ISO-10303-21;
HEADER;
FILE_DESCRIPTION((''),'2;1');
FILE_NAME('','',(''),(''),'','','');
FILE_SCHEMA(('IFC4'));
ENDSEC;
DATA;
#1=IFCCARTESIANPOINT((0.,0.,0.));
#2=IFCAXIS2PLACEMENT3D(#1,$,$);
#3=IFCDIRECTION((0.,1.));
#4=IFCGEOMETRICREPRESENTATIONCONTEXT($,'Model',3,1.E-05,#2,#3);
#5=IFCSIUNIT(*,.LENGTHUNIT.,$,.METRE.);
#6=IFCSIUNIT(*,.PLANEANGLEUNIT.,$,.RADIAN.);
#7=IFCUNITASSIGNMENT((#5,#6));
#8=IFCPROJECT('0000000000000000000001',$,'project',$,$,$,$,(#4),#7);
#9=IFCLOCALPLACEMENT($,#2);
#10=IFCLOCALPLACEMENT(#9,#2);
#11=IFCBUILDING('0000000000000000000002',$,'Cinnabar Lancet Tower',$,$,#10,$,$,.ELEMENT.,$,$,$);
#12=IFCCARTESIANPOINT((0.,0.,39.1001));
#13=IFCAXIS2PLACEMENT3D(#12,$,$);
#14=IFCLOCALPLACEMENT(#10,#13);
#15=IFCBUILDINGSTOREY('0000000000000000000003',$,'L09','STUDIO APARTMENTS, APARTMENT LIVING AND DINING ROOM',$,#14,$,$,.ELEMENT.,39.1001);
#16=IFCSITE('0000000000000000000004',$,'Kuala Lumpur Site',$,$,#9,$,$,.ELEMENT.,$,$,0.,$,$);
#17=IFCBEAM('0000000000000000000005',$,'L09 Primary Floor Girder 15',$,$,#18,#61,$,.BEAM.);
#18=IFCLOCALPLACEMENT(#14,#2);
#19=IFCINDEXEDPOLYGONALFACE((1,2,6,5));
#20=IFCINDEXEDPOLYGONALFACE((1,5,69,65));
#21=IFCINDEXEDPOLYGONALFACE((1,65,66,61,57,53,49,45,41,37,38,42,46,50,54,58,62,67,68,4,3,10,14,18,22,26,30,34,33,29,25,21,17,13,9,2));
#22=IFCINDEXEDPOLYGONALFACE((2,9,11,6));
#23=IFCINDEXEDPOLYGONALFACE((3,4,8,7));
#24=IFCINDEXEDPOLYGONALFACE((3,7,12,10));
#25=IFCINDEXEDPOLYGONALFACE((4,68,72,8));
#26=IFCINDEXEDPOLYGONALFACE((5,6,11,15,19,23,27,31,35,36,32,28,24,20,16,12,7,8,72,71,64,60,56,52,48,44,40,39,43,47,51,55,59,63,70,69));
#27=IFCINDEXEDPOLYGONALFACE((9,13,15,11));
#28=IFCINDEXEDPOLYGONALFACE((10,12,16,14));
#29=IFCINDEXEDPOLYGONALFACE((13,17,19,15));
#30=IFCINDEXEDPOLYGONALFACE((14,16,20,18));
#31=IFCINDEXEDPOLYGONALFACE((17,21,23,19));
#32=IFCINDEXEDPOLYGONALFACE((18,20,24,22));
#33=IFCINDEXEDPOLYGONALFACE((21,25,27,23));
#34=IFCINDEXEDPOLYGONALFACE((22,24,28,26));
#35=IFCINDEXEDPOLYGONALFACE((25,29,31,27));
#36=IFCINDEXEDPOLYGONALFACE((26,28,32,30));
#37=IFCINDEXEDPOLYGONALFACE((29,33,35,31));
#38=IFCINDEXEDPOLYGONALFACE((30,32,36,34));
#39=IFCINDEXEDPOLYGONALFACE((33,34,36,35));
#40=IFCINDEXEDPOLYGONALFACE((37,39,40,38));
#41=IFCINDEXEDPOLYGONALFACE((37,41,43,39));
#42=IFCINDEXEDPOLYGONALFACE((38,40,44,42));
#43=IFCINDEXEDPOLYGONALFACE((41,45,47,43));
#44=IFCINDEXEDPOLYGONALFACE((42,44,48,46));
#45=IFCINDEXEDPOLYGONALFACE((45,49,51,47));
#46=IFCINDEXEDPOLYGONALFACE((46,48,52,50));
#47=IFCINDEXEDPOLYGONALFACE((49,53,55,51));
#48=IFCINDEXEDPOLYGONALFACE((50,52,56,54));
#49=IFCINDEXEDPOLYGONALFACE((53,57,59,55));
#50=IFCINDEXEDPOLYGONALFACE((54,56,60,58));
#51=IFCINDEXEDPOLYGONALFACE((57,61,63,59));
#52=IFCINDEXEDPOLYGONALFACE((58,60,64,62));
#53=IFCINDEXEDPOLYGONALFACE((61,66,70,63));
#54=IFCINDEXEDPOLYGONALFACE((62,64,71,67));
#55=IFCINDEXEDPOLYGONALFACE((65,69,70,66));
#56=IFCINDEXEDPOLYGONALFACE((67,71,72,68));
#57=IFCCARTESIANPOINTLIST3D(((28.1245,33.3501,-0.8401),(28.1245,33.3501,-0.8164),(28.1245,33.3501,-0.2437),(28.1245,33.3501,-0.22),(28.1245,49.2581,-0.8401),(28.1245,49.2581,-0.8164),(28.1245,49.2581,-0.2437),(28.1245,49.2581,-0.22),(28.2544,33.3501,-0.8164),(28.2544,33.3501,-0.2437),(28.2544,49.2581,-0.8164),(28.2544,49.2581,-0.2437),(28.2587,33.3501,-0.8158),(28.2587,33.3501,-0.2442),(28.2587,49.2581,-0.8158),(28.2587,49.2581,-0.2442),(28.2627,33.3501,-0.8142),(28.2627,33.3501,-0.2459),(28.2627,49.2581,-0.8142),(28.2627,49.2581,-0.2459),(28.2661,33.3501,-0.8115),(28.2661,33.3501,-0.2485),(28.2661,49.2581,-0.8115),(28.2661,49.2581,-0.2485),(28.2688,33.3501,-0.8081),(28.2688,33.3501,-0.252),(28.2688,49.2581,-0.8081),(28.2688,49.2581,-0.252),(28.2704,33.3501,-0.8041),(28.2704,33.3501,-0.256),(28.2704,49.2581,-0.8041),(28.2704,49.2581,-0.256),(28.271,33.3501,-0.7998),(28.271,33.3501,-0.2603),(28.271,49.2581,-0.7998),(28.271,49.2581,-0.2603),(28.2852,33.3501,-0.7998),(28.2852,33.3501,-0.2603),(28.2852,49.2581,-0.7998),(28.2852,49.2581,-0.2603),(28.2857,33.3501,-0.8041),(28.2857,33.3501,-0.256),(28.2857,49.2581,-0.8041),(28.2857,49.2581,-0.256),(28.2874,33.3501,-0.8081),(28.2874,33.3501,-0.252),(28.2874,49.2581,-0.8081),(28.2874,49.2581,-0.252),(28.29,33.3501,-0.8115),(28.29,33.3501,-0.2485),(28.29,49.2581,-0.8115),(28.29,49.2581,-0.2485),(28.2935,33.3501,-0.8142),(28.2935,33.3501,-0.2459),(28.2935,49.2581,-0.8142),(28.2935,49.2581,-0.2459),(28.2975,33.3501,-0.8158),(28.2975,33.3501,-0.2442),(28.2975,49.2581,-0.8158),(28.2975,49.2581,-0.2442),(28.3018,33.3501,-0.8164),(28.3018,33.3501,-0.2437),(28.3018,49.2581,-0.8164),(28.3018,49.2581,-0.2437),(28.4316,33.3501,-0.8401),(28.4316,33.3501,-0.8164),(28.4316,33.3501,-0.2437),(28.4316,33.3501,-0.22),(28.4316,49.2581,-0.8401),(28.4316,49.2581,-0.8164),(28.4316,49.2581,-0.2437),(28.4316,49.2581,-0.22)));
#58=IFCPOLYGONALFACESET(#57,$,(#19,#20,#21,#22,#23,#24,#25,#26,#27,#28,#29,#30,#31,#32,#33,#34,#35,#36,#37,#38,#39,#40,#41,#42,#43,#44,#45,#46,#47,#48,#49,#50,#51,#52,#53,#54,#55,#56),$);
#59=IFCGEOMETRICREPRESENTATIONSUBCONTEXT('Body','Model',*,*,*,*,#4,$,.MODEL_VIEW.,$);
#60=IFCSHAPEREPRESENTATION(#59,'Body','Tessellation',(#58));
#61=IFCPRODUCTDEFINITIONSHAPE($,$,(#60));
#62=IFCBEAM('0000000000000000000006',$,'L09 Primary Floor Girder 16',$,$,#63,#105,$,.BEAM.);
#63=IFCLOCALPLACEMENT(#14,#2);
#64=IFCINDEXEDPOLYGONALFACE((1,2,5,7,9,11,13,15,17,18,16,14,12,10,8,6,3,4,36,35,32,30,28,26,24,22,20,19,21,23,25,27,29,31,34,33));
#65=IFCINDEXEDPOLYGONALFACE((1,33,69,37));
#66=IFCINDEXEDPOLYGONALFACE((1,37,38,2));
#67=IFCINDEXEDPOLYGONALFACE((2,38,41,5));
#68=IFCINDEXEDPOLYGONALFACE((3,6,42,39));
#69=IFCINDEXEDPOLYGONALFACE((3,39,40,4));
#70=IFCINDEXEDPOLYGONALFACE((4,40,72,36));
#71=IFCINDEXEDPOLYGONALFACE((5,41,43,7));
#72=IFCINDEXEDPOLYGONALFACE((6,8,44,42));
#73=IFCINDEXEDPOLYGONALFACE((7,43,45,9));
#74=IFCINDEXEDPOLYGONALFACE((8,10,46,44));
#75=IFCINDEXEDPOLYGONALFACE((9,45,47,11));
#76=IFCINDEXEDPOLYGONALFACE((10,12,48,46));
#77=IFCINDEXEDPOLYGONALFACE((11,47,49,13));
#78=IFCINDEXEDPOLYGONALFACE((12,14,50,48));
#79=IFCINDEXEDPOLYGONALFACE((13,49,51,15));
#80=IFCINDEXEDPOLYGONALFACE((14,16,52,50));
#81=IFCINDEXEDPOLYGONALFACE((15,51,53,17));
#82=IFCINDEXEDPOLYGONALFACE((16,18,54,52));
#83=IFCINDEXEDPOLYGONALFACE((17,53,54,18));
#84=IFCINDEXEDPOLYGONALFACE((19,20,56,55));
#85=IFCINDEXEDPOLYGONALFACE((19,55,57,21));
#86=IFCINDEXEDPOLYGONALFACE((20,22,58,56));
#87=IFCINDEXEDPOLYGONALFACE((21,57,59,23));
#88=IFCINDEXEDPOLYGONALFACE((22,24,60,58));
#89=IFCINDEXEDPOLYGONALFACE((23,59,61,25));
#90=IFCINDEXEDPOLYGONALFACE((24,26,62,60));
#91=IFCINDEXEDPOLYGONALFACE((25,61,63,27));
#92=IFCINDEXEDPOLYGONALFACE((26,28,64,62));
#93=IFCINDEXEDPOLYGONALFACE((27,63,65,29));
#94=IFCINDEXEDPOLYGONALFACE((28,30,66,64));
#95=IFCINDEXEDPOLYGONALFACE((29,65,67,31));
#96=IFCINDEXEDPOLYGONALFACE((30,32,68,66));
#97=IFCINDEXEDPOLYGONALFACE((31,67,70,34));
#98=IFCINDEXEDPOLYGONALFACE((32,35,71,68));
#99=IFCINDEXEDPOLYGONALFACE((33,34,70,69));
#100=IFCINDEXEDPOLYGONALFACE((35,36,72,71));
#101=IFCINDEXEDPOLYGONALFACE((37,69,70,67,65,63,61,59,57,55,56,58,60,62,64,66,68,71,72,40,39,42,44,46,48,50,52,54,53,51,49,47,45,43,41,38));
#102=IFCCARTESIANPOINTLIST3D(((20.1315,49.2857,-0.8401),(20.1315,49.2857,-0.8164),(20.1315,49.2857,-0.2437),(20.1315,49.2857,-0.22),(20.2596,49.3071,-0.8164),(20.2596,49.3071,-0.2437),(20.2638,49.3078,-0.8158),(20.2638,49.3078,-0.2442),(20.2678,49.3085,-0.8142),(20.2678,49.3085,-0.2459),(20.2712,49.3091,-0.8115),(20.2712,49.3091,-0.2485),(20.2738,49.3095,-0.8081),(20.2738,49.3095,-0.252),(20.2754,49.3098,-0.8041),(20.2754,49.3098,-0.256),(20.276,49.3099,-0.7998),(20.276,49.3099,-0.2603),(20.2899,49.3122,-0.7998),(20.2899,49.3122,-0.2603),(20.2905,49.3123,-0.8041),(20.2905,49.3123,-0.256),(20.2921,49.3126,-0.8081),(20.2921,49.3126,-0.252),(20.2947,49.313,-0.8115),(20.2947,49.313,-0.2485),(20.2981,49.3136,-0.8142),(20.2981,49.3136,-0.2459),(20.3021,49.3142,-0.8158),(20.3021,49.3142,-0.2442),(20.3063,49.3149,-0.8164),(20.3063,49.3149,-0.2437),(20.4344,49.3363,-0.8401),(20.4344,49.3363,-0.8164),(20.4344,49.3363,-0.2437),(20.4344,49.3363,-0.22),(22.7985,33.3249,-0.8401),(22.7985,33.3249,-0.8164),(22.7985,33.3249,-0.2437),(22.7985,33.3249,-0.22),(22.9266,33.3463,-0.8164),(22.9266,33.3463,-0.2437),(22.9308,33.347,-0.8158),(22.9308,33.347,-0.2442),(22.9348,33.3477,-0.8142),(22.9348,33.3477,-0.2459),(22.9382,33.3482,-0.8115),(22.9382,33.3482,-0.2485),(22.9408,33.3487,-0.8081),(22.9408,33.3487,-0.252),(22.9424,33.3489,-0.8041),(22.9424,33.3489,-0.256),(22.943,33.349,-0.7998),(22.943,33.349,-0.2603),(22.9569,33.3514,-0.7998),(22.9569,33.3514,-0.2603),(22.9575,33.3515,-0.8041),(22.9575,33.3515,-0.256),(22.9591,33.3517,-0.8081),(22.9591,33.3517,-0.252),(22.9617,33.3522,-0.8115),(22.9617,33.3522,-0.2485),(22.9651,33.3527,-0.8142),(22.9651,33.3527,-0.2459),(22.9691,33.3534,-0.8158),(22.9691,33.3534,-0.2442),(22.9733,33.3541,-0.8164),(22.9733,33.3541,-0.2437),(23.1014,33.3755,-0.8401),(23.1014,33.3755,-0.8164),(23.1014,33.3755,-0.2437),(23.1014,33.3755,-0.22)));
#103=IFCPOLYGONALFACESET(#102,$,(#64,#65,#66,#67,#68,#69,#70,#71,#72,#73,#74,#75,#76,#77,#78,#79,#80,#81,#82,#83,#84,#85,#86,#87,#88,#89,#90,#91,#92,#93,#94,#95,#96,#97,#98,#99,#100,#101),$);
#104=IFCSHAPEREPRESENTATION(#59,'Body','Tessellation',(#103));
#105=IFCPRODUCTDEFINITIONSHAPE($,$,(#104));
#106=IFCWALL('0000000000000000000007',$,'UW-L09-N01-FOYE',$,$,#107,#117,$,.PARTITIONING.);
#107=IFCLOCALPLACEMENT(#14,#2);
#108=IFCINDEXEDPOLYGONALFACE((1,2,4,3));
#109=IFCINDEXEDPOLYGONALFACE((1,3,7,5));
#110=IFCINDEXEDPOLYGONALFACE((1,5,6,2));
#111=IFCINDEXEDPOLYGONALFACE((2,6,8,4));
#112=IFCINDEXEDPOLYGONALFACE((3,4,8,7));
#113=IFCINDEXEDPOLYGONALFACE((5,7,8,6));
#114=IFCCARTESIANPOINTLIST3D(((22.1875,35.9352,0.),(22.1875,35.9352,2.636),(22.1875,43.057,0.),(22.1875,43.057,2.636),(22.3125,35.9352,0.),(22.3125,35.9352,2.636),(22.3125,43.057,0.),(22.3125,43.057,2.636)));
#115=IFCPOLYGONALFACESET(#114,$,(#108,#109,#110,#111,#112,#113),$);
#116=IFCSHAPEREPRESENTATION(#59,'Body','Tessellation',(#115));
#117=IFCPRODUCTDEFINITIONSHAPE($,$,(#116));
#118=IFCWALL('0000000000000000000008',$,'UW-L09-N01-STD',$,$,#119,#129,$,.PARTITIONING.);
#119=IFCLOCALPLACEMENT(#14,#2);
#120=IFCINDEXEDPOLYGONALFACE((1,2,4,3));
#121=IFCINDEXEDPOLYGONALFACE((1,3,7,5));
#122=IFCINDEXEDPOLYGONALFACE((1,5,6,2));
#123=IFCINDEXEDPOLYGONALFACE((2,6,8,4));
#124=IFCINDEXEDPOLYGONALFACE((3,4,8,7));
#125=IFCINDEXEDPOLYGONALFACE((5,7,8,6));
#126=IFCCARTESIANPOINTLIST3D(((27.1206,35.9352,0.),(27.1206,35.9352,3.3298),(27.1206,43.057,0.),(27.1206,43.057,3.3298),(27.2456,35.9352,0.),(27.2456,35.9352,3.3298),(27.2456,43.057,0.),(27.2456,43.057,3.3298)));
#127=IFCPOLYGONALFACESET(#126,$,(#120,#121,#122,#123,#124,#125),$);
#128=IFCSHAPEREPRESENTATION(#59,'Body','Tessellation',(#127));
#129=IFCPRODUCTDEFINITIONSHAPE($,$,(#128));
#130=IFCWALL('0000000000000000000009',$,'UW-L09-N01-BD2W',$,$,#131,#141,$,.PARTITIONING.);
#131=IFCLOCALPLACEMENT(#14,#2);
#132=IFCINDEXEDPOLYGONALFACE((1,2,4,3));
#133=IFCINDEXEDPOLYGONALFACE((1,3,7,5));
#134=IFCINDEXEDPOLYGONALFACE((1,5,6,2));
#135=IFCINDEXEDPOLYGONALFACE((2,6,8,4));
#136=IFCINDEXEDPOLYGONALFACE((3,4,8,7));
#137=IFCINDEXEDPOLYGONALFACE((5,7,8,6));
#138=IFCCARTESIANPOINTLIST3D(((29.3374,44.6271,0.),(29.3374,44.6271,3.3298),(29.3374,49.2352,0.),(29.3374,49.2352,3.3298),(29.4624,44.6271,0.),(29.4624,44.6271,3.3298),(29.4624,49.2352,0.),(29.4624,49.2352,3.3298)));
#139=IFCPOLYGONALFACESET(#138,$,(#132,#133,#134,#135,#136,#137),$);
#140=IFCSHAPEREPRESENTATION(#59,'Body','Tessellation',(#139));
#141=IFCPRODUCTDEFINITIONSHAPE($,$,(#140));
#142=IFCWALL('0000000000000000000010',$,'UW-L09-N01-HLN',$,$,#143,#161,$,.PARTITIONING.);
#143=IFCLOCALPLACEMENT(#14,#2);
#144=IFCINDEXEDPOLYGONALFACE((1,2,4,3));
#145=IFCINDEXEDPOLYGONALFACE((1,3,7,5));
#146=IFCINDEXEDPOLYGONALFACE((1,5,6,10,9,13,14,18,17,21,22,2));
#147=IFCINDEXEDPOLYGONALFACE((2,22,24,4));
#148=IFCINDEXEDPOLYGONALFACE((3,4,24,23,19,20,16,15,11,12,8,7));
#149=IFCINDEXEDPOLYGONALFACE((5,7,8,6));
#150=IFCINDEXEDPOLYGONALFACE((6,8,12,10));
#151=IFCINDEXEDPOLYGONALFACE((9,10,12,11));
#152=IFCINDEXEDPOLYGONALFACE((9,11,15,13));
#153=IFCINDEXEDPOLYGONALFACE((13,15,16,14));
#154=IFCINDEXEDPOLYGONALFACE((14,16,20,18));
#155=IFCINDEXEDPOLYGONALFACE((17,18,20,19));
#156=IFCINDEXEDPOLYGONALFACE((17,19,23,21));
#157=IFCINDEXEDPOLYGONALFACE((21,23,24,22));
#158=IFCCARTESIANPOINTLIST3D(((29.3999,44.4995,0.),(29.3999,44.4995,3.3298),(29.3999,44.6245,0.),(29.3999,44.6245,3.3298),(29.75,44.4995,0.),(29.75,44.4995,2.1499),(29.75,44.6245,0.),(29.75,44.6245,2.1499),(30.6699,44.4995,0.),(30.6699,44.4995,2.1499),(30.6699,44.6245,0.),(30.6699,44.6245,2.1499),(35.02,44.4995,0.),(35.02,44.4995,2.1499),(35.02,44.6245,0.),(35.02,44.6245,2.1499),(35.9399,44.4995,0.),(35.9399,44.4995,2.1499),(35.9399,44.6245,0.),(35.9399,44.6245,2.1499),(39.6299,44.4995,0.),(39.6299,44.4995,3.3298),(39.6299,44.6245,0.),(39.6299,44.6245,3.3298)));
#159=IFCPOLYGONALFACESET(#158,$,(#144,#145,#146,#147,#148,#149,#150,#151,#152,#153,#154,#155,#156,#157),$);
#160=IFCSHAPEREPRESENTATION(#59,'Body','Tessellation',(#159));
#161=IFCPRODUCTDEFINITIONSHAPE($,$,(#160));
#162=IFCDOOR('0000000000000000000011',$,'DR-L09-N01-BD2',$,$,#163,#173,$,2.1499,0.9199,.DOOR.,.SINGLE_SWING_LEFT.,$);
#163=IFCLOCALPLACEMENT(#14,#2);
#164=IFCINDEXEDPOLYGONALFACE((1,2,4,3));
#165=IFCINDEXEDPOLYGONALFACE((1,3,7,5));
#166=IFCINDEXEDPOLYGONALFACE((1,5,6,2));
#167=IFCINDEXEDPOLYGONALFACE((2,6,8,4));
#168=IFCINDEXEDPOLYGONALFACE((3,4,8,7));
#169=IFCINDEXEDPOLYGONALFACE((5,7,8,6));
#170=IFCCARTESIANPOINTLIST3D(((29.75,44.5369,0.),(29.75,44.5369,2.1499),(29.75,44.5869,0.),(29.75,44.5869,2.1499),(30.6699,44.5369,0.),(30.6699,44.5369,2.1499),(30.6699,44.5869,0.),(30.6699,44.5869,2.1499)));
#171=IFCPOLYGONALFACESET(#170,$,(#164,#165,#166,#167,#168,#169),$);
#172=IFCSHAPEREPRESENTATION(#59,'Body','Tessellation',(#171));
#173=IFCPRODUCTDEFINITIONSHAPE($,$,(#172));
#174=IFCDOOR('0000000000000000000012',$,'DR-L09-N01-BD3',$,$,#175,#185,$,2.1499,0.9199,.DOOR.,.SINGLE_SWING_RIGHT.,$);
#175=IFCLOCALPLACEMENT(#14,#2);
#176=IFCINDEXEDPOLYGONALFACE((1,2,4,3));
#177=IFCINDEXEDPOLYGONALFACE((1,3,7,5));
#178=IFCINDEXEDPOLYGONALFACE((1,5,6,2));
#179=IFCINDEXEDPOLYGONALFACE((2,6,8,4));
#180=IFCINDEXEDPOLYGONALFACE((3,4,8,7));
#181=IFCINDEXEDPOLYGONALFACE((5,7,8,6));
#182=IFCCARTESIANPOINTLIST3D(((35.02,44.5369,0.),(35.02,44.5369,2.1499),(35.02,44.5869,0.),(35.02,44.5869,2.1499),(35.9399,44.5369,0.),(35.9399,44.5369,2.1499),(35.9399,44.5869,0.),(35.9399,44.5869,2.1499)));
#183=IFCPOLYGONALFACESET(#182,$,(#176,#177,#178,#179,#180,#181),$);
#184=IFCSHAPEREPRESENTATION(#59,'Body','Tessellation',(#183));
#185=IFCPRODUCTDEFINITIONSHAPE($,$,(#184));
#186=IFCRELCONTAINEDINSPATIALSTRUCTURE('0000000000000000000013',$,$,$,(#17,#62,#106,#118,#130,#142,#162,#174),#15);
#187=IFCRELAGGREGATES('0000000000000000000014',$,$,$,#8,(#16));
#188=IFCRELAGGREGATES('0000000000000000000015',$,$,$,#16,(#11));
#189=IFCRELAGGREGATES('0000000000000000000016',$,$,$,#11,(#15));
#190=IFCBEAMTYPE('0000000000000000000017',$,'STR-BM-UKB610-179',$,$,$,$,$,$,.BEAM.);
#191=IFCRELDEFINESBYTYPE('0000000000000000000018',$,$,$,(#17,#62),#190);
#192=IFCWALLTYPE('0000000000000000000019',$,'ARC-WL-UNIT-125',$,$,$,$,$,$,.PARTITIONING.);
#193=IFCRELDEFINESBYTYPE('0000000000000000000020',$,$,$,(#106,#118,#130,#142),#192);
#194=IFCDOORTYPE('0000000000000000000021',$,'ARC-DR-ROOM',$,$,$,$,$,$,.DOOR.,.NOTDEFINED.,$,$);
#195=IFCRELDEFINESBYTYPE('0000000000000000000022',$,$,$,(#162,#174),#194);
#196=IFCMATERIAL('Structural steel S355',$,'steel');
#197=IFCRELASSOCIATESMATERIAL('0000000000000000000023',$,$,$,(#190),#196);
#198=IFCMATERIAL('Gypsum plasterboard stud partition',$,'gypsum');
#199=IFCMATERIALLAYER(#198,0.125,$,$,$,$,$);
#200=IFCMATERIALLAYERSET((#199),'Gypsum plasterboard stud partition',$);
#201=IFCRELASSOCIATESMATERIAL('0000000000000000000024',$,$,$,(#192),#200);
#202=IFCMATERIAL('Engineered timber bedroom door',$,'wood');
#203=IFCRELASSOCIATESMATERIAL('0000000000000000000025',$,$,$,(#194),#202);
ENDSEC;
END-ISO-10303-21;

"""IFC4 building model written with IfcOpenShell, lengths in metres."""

from ifc_helpers import new_model, si_unit, direction, frame, frame_2d, origin, origin_2d, place, context, subcontext, project, spatial, rectangle, i_section, extrude, material, layer, layer_set, material_profile, profile_set, type_object, element, fill, save


model = new_model("IFC4")

# Units and contexts
model_context = context("Model", 3, precision=1e-05, world=origin(), true_north=direction((0.0, 1.0)))
body_context = subcontext(model_context, "Body", "Model", "MODEL_VIEW")
ifc_project = project(units=[si_unit("LENGTHUNIT", "METRE"), si_unit("PLANEANGLEUNIT", "RADIAN")], contexts=[model_context])

# Site, building, storey
site_placement = place(None, origin())
site = spatial("IfcSite", under=ifc_project, at=site_placement, Name="Kuala Lumpur Site", CompositionType="ELEMENT", RefElevation=0.0)
building_placement = place(site_placement, origin())
building = spatial("IfcBuilding", under=site, at=building_placement, Name="Cinnabar Lancet Tower", CompositionType="ELEMENT")
storey_placement = place(building_placement, frame((0.0, 0.0, 39.1001)))
storey = spatial("IfcBuildingStorey", under=building, at=storey_placement, Name="L09", Description="STUDIO APARTMENTS, APARTMENT LIVING AND DINING ROOM", CompositionType="ELEMENT", Elevation=39.1001)

# Beams
ifc_material_1 = material(Name="Structural steel S355", Category="steel")
ifc_material_profile_1 = material_profile(ifc_material_1, i_section(OverallWidth=0.3071, OverallDepth=0.6201, WebThickness=0.0142, FlangeThickness=0.0237, FilletRadius=0.0166, at=origin_2d()), Name="UKB 610x305x179")
ifc_profile_set_1 = profile_set([ifc_material_profile_1], Name="Structural steel S355")
beam_type_1 = type_object("IfcBeamType", Name="STR-BM-UKB610-179", PredefinedType="BEAM", material=ifc_profile_set_1)
beam_1_placement = place(storey_placement, frame((28.2781, 49.2581, -0.53), z_axis=(0.0, -1.0, 0.0), x_axis=(1.0, 0.0, 0.0)))
element("IfcBeam", 1, at=beam_1_placement, inside=storey, type_object=beam_type_1, Name="L09 Primary Floor Girder 15", PredefinedType="BEAM", context=body_context, shape_type="SweptSolid", body=[
    extrude(i_section(OverallWidth=0.3071, OverallDepth=0.6201, WebThickness=0.0142, FlangeThickness=0.0237, FilletRadius=0.0166, at=origin_2d()), origin(), (0.0, 0.0, 1.0), 15.908),
])
beam_2_placement = place(storey_placement, frame((20.283, 49.311, -0.53), z_axis=(0.16481, -0.986325, 0.0), x_axis=(0.986325, 0.16481, 0.0)))
element("IfcBeam", 2, at=beam_2_placement, inside=storey, type_object=beam_type_1, Name="L09 Primary Floor Girder 16", PredefinedType="BEAM", context=body_context, shape_type="SweptSolid", body=[
    extrude(i_section(OverallWidth=0.3071, OverallDepth=0.6201, WebThickness=0.0142, FlangeThickness=0.0237, FilletRadius=0.0166, at=origin_2d()), origin(), (0.0, 0.0, 1.0), 16.1821),
])

# Walls
ifc_material_2 = material(Name="Gypsum plasterboard stud partition", Category="gypsum")
ifc_layer_1 = layer(ifc_material_2, 0.125)
ifc_layer_set_1 = layer_set([ifc_layer_1], Name="Gypsum plasterboard stud partition")
wall_type_1 = type_object("IfcWallType", Name="ARC-WL-UNIT-125", PredefinedType="PARTITIONING", material=ifc_layer_set_1)
wall_1_placement = place(storey_placement, frame((22.25, 35.9351, 0.0), z_axis=(0.0, 0.0, 1.0), x_axis=(0.0, 1.0, 0.0)))
element("IfcWall", 3, at=wall_1_placement, inside=storey, type_object=wall_type_1, Name="UW-L09-N01-FOYE", PredefinedType="PARTITIONING", context=body_context, shape_type="SweptSolid", body=[
    extrude(rectangle(XDim=7.1218, YDim=0.125, at=frame_2d((3.561, 0.0))), origin(), (0.0, 0.0, 1.0), 2.636),
])
wall_2_placement = place(storey_placement, frame((27.1831, 35.9351, 0.0), z_axis=(0.0, 0.0, 1.0), x_axis=(0.0, 1.0, 0.0)))
element("IfcWall", 4, at=wall_2_placement, inside=storey, type_object=wall_type_1, Name="UW-L09-N01-STD", PredefinedType="PARTITIONING", context=body_context, shape_type="SweptSolid", body=[
    extrude(rectangle(XDim=7.1218, YDim=0.125, at=frame_2d((3.561, 0.0))), origin(), (0.0, 0.0, 1.0), 3.3298),
])
wall_3_placement = place(storey_placement, frame((29.3999, 44.627, 0.0), z_axis=(0.0, 0.0, 1.0), x_axis=(0.0, 1.0, 0.0)))
element("IfcWall", 5, at=wall_3_placement, inside=storey, type_object=wall_type_1, Name="UW-L09-N01-BD2W", PredefinedType="PARTITIONING", context=body_context, shape_type="SweptSolid", body=[
    extrude(rectangle(XDim=4.6082, YDim=0.125, at=frame_2d((2.3042, 0.0))), origin(), (0.0, 0.0, 1.0), 3.3298),
])

# Wall, openings, doors
wall_4_placement = place(storey_placement, frame((29.3999, 44.562, 0.0), z_axis=(0.0, 0.0, 1.0), x_axis=(1.0, 0.0, 0.0)))
wall_4 = element("IfcWall", 6, at=wall_4_placement, inside=storey, type_object=wall_type_1, Name="UW-L09-N01-HLN", PredefinedType="PARTITIONING", context=body_context, shape_type="SweptSolid", body=[
    extrude(rectangle(XDim=10.23, YDim=0.125, at=frame_2d((5.115, 0.0))), origin(), (0.0, 0.0, 1.0), 3.3298),
])
opening_1_placement = place(wall_4_placement, frame((0.3501, 0.0, 0.0)))
opening_1 = element("IfcOpeningElement", 7, at=opening_1_placement, cuts=wall_4, PredefinedType="OPENING", context=body_context, shape_type="SweptSolid", body=[
    extrude(rectangle(XDim=0.9199, YDim=2.1499, at=frame_2d((0.46, 1.075))), frame((0.0, 0.0725, 0.0), z_axis=(0.0, -1.0, 0.0), x_axis=(1.0, 0.0, 0.0)), (0.0, 0.0, 1.0), 0.145),
])
opening_2_placement = place(wall_4_placement, frame((5.6201, 0.0, 0.0)))
opening_2 = element("IfcOpeningElement", 8, at=opening_2_placement, cuts=wall_4, PredefinedType="OPENING", context=body_context, shape_type="SweptSolid", body=[
    extrude(rectangle(XDim=0.9199, YDim=2.1499, at=frame_2d((0.46, 1.075))), frame((0.0, 0.0725, 0.0), z_axis=(0.0, -1.0, 0.0), x_axis=(1.0, 0.0, 0.0)), (0.0, 0.0, 1.0), 0.145),
])
ifc_material_3 = material(Name="Engineered timber bedroom door", Category="wood")
door_type_1 = type_object("IfcDoorType", Name="ARC-DR-ROOM", OperationType="NOTDEFINED", PredefinedType="DOOR", material=ifc_material_3)
door_1_placement = place(opening_1_placement, origin())
door_1 = element("IfcDoor", 9, at=door_1_placement, inside=storey, type_object=door_type_1, Name="DR-L09-N01-BD2", OperationType="SINGLE_SWING_LEFT", OverallHeight=2.1499, OverallWidth=0.9199, PredefinedType="DOOR", context=body_context, shape_type="SweptSolid", body=[
    extrude(rectangle(XDim=0.9199, YDim=2.1499, at=frame_2d((0.46, 1.075))), frame((0.0, 0.0249, 0.0), z_axis=(0.0, -1.0, 0.0), x_axis=(1.0, 0.0, 0.0)), (0.0, 0.0, 1.0), 0.05),
])
fill(opening_1, door_1)
door_2_placement = place(opening_2_placement, origin())
door_2 = element("IfcDoor", 10, at=door_2_placement, inside=storey, type_object=door_type_1, Name="DR-L09-N01-BD3", OperationType="SINGLE_SWING_RIGHT", OverallHeight=2.1499, OverallWidth=0.9199, PredefinedType="DOOR", context=body_context, shape_type="SweptSolid", body=[
    extrude(rectangle(XDim=0.9199, YDim=2.1499, at=frame_2d((0.46, 1.075))), frame((0.0, 0.0249, 0.0), z_axis=(0.0, -1.0, 0.0), x_axis=(1.0, 0.0, 0.0)), (0.0, 0.0, 1.0), 0.05),
])
fill(opening_2, door_2)

save(model, "model.ifc")
